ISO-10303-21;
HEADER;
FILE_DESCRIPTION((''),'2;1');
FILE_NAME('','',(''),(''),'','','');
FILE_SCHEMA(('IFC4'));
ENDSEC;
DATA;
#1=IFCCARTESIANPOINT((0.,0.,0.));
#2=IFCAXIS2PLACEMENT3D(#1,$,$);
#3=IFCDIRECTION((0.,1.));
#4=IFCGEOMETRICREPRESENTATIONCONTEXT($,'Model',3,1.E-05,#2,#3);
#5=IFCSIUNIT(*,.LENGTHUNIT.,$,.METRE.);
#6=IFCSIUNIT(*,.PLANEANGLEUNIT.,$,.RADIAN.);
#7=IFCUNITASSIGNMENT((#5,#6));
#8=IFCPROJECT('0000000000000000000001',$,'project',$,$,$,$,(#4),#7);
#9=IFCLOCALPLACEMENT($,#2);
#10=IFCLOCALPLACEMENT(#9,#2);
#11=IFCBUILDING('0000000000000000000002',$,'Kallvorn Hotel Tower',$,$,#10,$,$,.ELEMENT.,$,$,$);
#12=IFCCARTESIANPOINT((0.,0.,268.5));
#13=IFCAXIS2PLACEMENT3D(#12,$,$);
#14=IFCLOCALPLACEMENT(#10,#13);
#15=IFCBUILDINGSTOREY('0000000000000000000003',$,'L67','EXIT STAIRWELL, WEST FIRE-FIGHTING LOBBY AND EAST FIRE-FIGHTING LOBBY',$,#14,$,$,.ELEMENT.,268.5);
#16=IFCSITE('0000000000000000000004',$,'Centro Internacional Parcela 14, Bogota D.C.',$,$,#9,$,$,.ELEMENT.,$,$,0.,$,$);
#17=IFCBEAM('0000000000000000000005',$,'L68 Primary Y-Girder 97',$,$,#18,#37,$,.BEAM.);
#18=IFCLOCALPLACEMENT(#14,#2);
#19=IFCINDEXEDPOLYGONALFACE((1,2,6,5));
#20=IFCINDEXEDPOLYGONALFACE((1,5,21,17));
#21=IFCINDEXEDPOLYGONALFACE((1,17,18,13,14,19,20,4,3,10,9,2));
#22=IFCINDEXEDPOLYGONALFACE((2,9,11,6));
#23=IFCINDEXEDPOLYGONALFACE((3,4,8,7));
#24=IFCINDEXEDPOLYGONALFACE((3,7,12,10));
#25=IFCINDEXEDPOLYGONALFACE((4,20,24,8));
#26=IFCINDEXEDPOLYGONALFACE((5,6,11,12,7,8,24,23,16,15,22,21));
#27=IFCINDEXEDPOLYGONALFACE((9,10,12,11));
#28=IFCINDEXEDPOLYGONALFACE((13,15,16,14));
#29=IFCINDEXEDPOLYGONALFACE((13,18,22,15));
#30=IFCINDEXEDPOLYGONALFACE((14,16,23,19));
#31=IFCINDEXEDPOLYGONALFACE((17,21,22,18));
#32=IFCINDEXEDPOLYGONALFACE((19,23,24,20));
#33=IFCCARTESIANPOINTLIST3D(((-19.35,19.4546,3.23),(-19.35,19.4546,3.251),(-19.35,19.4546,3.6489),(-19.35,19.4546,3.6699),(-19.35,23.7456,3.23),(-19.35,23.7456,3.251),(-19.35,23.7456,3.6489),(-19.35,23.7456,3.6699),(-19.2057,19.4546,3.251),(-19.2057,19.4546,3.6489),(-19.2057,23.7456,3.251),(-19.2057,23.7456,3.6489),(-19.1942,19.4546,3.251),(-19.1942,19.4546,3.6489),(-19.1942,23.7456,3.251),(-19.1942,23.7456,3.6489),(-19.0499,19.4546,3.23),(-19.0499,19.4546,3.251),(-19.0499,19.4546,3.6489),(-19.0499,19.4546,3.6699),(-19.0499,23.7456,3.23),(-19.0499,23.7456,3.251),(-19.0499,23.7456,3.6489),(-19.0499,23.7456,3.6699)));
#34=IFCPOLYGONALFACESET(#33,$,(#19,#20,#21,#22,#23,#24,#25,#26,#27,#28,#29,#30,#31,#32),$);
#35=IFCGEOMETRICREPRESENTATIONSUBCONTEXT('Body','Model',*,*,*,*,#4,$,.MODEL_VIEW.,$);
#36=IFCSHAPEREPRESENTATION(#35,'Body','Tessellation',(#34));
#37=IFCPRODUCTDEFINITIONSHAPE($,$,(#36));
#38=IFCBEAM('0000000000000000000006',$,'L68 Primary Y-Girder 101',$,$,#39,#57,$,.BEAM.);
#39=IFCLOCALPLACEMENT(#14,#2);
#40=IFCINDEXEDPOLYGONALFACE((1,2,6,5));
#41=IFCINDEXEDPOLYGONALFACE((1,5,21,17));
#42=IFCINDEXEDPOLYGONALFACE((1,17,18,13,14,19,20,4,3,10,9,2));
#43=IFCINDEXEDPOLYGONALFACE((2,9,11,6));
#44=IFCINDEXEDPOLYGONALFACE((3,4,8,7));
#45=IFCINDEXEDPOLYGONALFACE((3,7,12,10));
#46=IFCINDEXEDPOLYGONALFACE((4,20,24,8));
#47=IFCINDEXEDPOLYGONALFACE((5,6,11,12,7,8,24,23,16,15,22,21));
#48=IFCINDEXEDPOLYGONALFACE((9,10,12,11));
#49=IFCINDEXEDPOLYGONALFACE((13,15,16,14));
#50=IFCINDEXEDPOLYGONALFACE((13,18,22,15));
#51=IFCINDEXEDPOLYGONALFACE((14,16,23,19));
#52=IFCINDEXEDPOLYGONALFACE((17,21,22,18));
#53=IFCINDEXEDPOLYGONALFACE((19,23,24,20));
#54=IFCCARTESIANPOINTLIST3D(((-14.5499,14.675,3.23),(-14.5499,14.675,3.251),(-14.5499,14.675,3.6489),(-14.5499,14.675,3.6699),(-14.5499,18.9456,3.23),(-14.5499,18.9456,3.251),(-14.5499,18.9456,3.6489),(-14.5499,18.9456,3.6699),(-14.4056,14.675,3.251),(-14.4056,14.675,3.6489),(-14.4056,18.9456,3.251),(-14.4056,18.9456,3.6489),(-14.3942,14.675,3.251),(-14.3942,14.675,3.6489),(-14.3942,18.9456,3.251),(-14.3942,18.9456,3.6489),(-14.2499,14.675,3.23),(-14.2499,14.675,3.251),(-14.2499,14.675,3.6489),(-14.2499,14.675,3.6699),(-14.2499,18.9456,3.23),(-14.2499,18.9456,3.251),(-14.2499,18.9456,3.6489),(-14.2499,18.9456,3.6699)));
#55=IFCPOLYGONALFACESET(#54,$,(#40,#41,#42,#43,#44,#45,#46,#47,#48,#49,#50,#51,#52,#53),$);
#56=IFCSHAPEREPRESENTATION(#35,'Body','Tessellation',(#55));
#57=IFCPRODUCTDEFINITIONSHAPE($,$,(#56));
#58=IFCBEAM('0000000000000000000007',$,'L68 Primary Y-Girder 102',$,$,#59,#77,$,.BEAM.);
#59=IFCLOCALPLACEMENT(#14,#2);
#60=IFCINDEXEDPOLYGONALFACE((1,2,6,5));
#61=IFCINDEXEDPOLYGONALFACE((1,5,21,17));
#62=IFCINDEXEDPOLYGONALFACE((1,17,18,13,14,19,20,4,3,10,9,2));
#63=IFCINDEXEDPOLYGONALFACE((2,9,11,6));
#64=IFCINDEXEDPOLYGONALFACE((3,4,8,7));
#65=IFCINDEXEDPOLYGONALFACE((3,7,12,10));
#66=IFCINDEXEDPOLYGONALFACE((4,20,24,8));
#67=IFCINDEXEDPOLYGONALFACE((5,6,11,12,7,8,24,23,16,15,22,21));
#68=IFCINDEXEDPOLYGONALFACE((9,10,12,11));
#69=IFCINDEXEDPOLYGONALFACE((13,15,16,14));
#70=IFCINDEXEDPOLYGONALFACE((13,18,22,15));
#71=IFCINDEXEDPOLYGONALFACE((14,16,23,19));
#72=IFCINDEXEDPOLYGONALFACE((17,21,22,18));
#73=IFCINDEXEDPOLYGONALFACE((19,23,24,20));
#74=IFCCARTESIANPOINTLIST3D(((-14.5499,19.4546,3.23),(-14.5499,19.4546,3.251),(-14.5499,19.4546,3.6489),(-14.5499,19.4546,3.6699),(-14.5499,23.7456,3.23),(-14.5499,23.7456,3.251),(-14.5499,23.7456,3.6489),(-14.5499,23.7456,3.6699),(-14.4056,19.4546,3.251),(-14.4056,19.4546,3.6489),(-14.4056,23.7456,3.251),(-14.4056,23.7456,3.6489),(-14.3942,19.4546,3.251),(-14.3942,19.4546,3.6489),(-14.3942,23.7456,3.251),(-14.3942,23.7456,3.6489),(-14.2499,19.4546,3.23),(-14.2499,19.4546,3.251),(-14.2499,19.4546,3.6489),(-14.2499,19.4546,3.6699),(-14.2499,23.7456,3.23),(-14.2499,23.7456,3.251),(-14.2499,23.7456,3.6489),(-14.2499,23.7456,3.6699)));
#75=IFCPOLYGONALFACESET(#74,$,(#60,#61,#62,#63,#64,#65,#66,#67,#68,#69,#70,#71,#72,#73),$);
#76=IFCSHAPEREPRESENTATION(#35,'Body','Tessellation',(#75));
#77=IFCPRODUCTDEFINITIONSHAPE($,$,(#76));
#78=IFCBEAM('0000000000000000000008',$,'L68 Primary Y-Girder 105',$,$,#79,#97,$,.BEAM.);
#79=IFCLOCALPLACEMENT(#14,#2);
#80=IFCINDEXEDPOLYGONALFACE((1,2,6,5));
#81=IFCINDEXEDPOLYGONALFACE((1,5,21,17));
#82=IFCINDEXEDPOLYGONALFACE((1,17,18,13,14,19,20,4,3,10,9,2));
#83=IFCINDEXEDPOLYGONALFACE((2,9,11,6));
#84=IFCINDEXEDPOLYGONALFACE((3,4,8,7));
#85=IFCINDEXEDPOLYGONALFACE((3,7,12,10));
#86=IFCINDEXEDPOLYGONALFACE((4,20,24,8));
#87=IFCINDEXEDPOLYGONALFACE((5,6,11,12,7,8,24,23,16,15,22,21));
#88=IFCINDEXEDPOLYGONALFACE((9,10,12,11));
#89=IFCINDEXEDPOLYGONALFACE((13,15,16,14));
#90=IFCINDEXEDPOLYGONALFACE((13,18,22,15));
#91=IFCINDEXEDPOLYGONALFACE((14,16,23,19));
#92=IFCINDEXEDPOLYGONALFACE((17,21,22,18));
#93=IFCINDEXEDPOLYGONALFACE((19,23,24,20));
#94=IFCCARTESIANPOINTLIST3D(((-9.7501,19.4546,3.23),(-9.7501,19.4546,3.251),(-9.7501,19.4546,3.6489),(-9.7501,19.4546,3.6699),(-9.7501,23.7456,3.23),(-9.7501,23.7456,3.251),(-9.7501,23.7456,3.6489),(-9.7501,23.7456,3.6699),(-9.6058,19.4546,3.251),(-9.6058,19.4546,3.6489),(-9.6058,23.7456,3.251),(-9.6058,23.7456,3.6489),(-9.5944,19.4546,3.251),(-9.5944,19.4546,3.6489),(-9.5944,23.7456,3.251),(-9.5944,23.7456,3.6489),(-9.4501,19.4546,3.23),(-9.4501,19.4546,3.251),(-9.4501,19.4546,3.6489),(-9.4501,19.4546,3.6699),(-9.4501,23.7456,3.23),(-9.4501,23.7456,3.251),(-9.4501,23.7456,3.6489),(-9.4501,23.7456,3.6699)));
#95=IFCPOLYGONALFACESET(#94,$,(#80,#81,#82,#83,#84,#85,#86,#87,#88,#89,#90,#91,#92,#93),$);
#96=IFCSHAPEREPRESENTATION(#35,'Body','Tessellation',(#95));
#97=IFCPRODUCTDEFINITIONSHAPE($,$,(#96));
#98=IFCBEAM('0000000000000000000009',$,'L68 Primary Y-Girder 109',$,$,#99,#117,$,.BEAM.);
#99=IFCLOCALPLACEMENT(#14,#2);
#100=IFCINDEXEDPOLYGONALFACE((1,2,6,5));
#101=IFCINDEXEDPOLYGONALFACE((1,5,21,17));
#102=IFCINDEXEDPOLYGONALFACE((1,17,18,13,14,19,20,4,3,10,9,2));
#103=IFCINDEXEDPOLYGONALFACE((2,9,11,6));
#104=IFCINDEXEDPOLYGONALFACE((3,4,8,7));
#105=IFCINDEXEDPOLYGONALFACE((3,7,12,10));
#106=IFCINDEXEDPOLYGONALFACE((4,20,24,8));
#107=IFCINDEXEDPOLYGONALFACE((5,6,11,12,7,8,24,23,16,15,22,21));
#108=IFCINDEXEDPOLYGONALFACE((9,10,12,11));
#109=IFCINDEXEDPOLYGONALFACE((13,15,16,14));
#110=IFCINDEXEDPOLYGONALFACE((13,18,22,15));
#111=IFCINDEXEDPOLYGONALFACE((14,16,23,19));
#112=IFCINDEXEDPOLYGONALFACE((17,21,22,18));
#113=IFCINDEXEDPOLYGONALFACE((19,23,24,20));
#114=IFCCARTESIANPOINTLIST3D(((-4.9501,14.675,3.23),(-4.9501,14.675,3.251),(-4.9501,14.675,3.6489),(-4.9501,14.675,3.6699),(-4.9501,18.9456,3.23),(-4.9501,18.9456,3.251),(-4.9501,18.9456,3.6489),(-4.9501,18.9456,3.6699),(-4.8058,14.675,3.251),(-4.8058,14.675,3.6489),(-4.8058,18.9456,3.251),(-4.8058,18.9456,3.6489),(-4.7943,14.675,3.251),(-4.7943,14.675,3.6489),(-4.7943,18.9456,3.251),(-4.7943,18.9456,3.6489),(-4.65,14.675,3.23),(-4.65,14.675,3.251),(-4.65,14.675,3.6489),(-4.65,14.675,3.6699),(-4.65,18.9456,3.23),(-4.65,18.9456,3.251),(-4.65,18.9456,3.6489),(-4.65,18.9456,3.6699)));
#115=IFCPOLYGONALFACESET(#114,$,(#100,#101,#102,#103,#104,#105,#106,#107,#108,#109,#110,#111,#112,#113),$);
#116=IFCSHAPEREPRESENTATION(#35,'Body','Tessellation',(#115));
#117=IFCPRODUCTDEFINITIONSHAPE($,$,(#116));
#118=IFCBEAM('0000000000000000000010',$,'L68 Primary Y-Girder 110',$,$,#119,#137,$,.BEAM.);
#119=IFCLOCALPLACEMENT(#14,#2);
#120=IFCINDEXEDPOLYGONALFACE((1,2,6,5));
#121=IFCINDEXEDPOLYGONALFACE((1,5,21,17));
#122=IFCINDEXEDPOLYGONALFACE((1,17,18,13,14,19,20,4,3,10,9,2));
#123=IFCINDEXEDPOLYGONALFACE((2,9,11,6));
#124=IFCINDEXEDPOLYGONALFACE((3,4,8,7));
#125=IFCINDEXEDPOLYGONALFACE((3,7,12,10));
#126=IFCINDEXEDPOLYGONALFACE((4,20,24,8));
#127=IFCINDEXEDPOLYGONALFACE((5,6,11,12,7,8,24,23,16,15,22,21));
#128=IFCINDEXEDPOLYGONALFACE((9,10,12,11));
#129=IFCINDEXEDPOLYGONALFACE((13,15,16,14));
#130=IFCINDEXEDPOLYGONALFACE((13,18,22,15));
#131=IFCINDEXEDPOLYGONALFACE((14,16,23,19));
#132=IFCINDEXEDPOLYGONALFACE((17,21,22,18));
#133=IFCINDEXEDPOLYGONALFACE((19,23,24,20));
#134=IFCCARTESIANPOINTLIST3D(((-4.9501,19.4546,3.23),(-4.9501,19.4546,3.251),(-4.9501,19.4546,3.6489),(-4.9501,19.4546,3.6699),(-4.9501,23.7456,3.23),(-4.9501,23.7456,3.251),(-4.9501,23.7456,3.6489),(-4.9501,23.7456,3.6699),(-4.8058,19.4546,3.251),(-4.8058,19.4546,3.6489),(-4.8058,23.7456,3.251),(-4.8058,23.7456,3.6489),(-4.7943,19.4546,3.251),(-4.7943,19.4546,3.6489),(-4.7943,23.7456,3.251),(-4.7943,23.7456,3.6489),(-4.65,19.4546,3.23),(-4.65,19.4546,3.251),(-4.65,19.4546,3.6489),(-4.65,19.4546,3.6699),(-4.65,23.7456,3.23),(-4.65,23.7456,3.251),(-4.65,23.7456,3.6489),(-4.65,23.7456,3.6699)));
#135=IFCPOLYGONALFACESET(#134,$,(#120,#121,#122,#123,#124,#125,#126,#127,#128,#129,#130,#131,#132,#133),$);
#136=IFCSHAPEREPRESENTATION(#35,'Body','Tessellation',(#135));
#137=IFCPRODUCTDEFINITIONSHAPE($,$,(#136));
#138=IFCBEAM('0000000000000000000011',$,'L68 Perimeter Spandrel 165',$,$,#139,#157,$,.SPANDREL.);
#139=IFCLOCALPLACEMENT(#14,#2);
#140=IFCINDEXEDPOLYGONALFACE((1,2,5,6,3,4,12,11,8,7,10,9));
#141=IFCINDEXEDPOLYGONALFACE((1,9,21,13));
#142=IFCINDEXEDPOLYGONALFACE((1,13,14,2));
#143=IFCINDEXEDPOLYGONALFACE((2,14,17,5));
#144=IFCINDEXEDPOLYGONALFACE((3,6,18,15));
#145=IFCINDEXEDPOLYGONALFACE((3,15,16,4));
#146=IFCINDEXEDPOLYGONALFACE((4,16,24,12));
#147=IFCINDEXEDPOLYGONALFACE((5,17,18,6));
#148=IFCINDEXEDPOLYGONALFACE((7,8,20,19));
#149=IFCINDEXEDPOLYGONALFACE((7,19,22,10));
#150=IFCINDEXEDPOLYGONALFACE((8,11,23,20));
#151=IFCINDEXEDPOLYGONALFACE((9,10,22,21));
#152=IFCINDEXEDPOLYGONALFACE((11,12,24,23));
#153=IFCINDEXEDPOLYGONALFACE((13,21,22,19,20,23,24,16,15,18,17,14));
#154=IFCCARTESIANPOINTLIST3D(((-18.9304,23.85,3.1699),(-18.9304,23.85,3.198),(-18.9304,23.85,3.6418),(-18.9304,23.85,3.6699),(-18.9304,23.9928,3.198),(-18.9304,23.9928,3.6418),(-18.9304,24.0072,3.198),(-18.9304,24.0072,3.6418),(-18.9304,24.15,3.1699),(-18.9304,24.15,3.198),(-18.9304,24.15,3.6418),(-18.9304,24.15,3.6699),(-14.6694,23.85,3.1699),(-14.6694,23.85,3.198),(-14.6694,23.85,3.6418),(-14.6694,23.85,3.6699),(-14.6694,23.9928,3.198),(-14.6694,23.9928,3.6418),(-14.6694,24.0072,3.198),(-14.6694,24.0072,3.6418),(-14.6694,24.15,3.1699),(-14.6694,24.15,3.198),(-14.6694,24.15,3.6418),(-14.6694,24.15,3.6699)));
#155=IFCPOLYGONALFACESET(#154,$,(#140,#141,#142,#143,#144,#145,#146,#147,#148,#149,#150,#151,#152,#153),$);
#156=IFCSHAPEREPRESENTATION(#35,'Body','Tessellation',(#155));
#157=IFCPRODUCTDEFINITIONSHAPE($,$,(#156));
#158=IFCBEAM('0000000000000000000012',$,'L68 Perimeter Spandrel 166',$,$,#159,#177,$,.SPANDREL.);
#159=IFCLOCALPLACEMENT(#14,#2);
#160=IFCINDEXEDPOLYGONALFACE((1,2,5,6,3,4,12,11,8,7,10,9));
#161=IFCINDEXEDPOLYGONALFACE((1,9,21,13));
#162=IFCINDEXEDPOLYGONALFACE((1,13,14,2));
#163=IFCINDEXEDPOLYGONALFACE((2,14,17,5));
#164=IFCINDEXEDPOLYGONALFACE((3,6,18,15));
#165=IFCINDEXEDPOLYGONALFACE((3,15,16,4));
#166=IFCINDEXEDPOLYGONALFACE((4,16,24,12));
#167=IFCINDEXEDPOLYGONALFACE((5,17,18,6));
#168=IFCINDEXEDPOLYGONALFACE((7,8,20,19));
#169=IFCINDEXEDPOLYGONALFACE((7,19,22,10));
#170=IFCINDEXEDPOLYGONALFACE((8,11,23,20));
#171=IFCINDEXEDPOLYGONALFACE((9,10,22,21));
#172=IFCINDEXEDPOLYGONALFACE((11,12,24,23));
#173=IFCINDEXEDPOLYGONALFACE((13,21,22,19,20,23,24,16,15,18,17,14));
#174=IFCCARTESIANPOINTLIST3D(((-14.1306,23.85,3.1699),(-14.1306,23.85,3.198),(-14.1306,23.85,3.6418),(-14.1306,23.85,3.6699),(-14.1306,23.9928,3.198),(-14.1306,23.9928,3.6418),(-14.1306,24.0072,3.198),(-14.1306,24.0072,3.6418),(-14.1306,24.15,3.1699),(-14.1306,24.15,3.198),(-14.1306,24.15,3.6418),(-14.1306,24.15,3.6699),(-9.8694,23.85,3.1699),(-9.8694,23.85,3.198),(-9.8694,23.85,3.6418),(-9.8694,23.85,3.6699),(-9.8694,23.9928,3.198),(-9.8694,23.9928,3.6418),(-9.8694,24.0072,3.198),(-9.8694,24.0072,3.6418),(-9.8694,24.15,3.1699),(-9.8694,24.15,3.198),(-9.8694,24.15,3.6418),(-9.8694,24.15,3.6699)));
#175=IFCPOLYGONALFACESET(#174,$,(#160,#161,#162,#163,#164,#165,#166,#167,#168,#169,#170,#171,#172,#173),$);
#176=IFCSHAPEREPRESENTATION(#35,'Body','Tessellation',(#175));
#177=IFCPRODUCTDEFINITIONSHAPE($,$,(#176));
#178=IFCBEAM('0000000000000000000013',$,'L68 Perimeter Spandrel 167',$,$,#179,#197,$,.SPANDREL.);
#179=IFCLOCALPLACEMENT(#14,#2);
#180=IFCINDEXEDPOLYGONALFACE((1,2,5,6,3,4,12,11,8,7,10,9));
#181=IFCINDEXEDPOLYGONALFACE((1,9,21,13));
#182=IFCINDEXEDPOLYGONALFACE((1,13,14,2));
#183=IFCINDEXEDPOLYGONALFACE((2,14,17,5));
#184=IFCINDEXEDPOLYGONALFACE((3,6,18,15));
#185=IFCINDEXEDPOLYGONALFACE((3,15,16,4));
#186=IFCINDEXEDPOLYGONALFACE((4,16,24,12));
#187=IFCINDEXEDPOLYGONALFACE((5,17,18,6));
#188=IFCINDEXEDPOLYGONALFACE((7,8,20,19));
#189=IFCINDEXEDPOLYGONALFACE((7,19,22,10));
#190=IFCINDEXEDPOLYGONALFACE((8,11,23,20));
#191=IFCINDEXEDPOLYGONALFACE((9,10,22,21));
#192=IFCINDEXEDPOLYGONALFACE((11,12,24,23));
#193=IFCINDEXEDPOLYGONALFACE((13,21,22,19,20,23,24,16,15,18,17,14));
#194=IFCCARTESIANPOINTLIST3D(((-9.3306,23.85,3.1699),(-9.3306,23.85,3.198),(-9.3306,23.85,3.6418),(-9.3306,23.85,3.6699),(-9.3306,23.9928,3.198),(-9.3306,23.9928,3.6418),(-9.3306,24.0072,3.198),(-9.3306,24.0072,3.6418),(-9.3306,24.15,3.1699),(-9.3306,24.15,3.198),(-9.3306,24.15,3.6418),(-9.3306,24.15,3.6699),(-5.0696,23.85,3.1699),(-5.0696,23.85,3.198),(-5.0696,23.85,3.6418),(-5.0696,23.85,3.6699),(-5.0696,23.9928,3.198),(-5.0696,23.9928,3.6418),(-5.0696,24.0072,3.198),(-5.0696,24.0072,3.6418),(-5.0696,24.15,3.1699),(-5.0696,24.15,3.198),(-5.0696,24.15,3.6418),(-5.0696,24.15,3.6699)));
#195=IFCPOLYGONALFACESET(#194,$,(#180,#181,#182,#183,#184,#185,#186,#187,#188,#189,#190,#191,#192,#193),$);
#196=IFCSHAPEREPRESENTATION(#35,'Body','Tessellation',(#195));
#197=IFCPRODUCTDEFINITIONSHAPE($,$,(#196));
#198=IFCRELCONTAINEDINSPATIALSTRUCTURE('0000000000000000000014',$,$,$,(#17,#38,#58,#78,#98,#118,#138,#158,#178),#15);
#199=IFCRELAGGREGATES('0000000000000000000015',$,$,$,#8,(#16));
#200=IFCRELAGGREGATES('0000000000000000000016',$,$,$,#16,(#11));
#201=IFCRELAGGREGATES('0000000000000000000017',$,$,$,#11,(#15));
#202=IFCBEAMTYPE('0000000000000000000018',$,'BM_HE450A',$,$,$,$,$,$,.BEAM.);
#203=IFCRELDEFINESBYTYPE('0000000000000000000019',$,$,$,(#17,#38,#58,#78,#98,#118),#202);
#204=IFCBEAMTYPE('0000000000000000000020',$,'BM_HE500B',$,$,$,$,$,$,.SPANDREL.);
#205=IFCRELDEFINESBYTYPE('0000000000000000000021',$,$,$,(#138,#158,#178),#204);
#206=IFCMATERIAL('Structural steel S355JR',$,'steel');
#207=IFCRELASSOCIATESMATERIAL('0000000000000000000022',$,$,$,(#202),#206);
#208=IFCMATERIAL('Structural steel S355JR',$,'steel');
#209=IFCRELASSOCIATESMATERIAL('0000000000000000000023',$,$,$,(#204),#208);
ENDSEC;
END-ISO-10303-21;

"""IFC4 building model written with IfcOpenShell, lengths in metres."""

from ifc_helpers import new_model, si_unit, direction, frame, origin, origin_2d, place, context, subcontext, project, spatial, i_section, extrude, material, material_profile, profile_set, type_object, element, save


model = new_model("IFC4")

# Units and contexts
model_context = context("Model", 3, precision=1e-05, world=origin(), true_north=direction((0.0, 1.0)))
body_context = subcontext(model_context, "Body", "Model", "MODEL_VIEW")
ifc_project = project(units=[si_unit("LENGTHUNIT", "METRE"), si_unit("PLANEANGLEUNIT", "RADIAN")], contexts=[model_context])

# Site, building, storey
site_placement = place(None, origin())
site = spatial("IfcSite", under=ifc_project, at=site_placement, Name="Centro Internacional Parcela 14, Bogota D.C.", CompositionType="ELEMENT", RefElevation=0.0)
building_placement = place(site_placement, origin())
building = spatial("IfcBuilding", under=site, at=building_placement, Name="Kallvorn Hotel Tower", CompositionType="ELEMENT")
storey_placement = place(building_placement, frame((0.0, 0.0, 268.5)))
storey = spatial("IfcBuildingStorey", under=building, at=storey_placement, Name="L67", Description="EXIT STAIRWELL, WEST FIRE-FIGHTING LOBBY AND EAST FIRE-FIGHTING LOBBY", CompositionType="ELEMENT", Elevation=268.5)

# Beams
ifc_material_1 = material(Name="Structural steel S355JR", Category="steel")
ifc_material_profile_1 = material_profile(ifc_material_1, i_section(OverallWidth=0.3, OverallDepth=0.4399, WebThickness=0.0115, FlangeThickness=0.021, at=origin_2d()), Name="HE 450 A")
ifc_profile_set_1 = profile_set([ifc_material_profile_1], Name="Structural steel S355JR")
beam_type_1 = type_object("IfcBeamType", Name="BM_HE450A", PredefinedType="BEAM", material=ifc_profile_set_1)
for number, where, z_axis, x_axis, name in (
    (1, (-19.2, 19.4546, 3.45), (0.0, 1.0, 0.0), (-1.0, 0.0, 0.0), "L68 Primary Y-Girder 97"),
):
    element("IfcBeam", number, at=place(storey_placement, frame(where, z_axis=z_axis, x_axis=x_axis)), inside=storey, type_object=beam_type_1, Name=name, PredefinedType="BEAM", context=body_context, shape_type="SweptSolid", body=[
        extrude(i_section(OverallWidth=0.3, OverallDepth=0.4399, WebThickness=0.0115, FlangeThickness=0.021, at=origin_2d()), origin(), (0.0, 0.0, 1.0), 4.291),
    ])
beam_1_placement = place(storey_placement, frame((-14.3999, 14.675, 3.45), z_axis=(0.0, 1.0, 0.0), x_axis=(-1.0, 0.0, 0.0)))
element("IfcBeam", 2, at=beam_1_placement, inside=storey, type_object=beam_type_1, Name="L68 Primary Y-Girder 101", PredefinedType="BEAM", context=body_context, shape_type="SweptSolid", body=[
    extrude(i_section(OverallWidth=0.3, OverallDepth=0.4399, WebThickness=0.0115, FlangeThickness=0.021, at=origin_2d()), origin(), (0.0, 0.0, 1.0), 4.2705),
])
for number, where, z_axis, x_axis, name in (
    (3, (-14.3999, 19.4546, 3.45), (0.0, 1.0, 0.0), (-1.0, 0.0, 0.0), "L68 Primary Y-Girder 102"),
    (4, (-9.6001, 19.4546, 3.45), (0.0, 1.0, 0.0), (-1.0, 0.0, 0.0), "L68 Primary Y-Girder 105"),
):
    element("IfcBeam", number, at=place(storey_placement, frame(where, z_axis=z_axis, x_axis=x_axis)), inside=storey, type_object=beam_type_1, Name=name, PredefinedType="BEAM", context=body_context, shape_type="SweptSolid", body=[
        extrude(i_section(OverallWidth=0.3, OverallDepth=0.4399, WebThickness=0.0115, FlangeThickness=0.021, at=origin_2d()), origin(), (0.0, 0.0, 1.0), 4.291),
    ])
beam_2_placement = place(storey_placement, frame((-4.8, 14.675, 3.45), z_axis=(0.0, 1.0, 0.0), x_axis=(-1.0, 0.0, 0.0)))
element("IfcBeam", 5, at=beam_2_placement, inside=storey, type_object=beam_type_1, Name="L68 Primary Y-Girder 109", PredefinedType="BEAM", context=body_context, shape_type="SweptSolid", body=[
    extrude(i_section(OverallWidth=0.3, OverallDepth=0.4399, WebThickness=0.0115, FlangeThickness=0.021, at=origin_2d()), origin(), (0.0, 0.0, 1.0), 4.2705),
])
beam_3_placement = place(storey_placement, frame((-4.8, 19.4546, 3.45), z_axis=(0.0, 1.0, 0.0), x_axis=(-1.0, 0.0, 0.0)))
element("IfcBeam", 6, at=beam_3_placement, inside=storey, type_object=beam_type_1, Name="L68 Primary Y-Girder 110", PredefinedType="BEAM", context=body_context, shape_type="SweptSolid", body=[
    extrude(i_section(OverallWidth=0.3, OverallDepth=0.4399, WebThickness=0.0115, FlangeThickness=0.021, at=origin_2d()), origin(), (0.0, 0.0, 1.0), 4.291),
])
ifc_material_2 = material(Name="Structural steel S355JR", Category="steel")
ifc_material_profile_2 = material_profile(ifc_material_2, i_section(OverallWidth=0.3, OverallDepth=0.5, WebThickness=0.0144, FlangeThickness=0.0281, at=origin_2d()), Name="HE 500 B")
ifc_profile_set_2 = profile_set([ifc_material_profile_2], Name="Structural steel S355JR")
beam_type_2 = type_object("IfcBeamType", Name="BM_HE500B", PredefinedType="SPANDREL", material=ifc_profile_set_2)
beam_4_placement = place(storey_placement, frame((-18.9304, 24.0, 3.4199), z_axis=(1.0, 0.0, 0.0), x_axis=(0.0, 1.0, 0.0)))
element("IfcBeam", 7, at=beam_4_placement, inside=storey, type_object=beam_type_2, Name="L68 Perimeter Spandrel 165", PredefinedType="SPANDREL", context=body_context, shape_type="SweptSolid", body=[
    extrude(i_section(OverallWidth=0.3, OverallDepth=0.5, WebThickness=0.0144, FlangeThickness=0.0281, at=origin_2d()), origin(), (0.0, 0.0, 1.0), 4.261),
])
beam_5_placement = place(storey_placement, frame((-14.1306, 24.0, 3.4199), z_axis=(1.0, 0.0, 0.0), x_axis=(0.0, 1.0, 0.0)))
element("IfcBeam", 8, at=beam_5_placement, inside=storey, type_object=beam_type_2, Name="L68 Perimeter Spandrel 166", PredefinedType="SPANDREL", context=body_context, shape_type="SweptSolid", body=[
    extrude(i_section(OverallWidth=0.3, OverallDepth=0.5, WebThickness=0.0144, FlangeThickness=0.0281, at=origin_2d()), origin(), (0.0, 0.0, 1.0), 4.2612),
])
for number, where, z_axis, x_axis, name in (
    (9, (-9.3306, 24.0, 3.4199), (1.0, 0.0, 0.0), (0.0, 1.0, 0.0), "L68 Perimeter Spandrel 167"),
):
    element("IfcBeam", number, at=place(storey_placement, frame(where, z_axis=z_axis, x_axis=x_axis)), inside=storey, type_object=beam_type_2, Name=name, PredefinedType="SPANDREL", context=body_context, shape_type="SweptSolid", body=[
        extrude(i_section(OverallWidth=0.3, OverallDepth=0.5, WebThickness=0.0144, FlangeThickness=0.0281, at=origin_2d()), origin(), (0.0, 0.0, 1.0), 4.261),
    ])

save(model, "model.ifc")
